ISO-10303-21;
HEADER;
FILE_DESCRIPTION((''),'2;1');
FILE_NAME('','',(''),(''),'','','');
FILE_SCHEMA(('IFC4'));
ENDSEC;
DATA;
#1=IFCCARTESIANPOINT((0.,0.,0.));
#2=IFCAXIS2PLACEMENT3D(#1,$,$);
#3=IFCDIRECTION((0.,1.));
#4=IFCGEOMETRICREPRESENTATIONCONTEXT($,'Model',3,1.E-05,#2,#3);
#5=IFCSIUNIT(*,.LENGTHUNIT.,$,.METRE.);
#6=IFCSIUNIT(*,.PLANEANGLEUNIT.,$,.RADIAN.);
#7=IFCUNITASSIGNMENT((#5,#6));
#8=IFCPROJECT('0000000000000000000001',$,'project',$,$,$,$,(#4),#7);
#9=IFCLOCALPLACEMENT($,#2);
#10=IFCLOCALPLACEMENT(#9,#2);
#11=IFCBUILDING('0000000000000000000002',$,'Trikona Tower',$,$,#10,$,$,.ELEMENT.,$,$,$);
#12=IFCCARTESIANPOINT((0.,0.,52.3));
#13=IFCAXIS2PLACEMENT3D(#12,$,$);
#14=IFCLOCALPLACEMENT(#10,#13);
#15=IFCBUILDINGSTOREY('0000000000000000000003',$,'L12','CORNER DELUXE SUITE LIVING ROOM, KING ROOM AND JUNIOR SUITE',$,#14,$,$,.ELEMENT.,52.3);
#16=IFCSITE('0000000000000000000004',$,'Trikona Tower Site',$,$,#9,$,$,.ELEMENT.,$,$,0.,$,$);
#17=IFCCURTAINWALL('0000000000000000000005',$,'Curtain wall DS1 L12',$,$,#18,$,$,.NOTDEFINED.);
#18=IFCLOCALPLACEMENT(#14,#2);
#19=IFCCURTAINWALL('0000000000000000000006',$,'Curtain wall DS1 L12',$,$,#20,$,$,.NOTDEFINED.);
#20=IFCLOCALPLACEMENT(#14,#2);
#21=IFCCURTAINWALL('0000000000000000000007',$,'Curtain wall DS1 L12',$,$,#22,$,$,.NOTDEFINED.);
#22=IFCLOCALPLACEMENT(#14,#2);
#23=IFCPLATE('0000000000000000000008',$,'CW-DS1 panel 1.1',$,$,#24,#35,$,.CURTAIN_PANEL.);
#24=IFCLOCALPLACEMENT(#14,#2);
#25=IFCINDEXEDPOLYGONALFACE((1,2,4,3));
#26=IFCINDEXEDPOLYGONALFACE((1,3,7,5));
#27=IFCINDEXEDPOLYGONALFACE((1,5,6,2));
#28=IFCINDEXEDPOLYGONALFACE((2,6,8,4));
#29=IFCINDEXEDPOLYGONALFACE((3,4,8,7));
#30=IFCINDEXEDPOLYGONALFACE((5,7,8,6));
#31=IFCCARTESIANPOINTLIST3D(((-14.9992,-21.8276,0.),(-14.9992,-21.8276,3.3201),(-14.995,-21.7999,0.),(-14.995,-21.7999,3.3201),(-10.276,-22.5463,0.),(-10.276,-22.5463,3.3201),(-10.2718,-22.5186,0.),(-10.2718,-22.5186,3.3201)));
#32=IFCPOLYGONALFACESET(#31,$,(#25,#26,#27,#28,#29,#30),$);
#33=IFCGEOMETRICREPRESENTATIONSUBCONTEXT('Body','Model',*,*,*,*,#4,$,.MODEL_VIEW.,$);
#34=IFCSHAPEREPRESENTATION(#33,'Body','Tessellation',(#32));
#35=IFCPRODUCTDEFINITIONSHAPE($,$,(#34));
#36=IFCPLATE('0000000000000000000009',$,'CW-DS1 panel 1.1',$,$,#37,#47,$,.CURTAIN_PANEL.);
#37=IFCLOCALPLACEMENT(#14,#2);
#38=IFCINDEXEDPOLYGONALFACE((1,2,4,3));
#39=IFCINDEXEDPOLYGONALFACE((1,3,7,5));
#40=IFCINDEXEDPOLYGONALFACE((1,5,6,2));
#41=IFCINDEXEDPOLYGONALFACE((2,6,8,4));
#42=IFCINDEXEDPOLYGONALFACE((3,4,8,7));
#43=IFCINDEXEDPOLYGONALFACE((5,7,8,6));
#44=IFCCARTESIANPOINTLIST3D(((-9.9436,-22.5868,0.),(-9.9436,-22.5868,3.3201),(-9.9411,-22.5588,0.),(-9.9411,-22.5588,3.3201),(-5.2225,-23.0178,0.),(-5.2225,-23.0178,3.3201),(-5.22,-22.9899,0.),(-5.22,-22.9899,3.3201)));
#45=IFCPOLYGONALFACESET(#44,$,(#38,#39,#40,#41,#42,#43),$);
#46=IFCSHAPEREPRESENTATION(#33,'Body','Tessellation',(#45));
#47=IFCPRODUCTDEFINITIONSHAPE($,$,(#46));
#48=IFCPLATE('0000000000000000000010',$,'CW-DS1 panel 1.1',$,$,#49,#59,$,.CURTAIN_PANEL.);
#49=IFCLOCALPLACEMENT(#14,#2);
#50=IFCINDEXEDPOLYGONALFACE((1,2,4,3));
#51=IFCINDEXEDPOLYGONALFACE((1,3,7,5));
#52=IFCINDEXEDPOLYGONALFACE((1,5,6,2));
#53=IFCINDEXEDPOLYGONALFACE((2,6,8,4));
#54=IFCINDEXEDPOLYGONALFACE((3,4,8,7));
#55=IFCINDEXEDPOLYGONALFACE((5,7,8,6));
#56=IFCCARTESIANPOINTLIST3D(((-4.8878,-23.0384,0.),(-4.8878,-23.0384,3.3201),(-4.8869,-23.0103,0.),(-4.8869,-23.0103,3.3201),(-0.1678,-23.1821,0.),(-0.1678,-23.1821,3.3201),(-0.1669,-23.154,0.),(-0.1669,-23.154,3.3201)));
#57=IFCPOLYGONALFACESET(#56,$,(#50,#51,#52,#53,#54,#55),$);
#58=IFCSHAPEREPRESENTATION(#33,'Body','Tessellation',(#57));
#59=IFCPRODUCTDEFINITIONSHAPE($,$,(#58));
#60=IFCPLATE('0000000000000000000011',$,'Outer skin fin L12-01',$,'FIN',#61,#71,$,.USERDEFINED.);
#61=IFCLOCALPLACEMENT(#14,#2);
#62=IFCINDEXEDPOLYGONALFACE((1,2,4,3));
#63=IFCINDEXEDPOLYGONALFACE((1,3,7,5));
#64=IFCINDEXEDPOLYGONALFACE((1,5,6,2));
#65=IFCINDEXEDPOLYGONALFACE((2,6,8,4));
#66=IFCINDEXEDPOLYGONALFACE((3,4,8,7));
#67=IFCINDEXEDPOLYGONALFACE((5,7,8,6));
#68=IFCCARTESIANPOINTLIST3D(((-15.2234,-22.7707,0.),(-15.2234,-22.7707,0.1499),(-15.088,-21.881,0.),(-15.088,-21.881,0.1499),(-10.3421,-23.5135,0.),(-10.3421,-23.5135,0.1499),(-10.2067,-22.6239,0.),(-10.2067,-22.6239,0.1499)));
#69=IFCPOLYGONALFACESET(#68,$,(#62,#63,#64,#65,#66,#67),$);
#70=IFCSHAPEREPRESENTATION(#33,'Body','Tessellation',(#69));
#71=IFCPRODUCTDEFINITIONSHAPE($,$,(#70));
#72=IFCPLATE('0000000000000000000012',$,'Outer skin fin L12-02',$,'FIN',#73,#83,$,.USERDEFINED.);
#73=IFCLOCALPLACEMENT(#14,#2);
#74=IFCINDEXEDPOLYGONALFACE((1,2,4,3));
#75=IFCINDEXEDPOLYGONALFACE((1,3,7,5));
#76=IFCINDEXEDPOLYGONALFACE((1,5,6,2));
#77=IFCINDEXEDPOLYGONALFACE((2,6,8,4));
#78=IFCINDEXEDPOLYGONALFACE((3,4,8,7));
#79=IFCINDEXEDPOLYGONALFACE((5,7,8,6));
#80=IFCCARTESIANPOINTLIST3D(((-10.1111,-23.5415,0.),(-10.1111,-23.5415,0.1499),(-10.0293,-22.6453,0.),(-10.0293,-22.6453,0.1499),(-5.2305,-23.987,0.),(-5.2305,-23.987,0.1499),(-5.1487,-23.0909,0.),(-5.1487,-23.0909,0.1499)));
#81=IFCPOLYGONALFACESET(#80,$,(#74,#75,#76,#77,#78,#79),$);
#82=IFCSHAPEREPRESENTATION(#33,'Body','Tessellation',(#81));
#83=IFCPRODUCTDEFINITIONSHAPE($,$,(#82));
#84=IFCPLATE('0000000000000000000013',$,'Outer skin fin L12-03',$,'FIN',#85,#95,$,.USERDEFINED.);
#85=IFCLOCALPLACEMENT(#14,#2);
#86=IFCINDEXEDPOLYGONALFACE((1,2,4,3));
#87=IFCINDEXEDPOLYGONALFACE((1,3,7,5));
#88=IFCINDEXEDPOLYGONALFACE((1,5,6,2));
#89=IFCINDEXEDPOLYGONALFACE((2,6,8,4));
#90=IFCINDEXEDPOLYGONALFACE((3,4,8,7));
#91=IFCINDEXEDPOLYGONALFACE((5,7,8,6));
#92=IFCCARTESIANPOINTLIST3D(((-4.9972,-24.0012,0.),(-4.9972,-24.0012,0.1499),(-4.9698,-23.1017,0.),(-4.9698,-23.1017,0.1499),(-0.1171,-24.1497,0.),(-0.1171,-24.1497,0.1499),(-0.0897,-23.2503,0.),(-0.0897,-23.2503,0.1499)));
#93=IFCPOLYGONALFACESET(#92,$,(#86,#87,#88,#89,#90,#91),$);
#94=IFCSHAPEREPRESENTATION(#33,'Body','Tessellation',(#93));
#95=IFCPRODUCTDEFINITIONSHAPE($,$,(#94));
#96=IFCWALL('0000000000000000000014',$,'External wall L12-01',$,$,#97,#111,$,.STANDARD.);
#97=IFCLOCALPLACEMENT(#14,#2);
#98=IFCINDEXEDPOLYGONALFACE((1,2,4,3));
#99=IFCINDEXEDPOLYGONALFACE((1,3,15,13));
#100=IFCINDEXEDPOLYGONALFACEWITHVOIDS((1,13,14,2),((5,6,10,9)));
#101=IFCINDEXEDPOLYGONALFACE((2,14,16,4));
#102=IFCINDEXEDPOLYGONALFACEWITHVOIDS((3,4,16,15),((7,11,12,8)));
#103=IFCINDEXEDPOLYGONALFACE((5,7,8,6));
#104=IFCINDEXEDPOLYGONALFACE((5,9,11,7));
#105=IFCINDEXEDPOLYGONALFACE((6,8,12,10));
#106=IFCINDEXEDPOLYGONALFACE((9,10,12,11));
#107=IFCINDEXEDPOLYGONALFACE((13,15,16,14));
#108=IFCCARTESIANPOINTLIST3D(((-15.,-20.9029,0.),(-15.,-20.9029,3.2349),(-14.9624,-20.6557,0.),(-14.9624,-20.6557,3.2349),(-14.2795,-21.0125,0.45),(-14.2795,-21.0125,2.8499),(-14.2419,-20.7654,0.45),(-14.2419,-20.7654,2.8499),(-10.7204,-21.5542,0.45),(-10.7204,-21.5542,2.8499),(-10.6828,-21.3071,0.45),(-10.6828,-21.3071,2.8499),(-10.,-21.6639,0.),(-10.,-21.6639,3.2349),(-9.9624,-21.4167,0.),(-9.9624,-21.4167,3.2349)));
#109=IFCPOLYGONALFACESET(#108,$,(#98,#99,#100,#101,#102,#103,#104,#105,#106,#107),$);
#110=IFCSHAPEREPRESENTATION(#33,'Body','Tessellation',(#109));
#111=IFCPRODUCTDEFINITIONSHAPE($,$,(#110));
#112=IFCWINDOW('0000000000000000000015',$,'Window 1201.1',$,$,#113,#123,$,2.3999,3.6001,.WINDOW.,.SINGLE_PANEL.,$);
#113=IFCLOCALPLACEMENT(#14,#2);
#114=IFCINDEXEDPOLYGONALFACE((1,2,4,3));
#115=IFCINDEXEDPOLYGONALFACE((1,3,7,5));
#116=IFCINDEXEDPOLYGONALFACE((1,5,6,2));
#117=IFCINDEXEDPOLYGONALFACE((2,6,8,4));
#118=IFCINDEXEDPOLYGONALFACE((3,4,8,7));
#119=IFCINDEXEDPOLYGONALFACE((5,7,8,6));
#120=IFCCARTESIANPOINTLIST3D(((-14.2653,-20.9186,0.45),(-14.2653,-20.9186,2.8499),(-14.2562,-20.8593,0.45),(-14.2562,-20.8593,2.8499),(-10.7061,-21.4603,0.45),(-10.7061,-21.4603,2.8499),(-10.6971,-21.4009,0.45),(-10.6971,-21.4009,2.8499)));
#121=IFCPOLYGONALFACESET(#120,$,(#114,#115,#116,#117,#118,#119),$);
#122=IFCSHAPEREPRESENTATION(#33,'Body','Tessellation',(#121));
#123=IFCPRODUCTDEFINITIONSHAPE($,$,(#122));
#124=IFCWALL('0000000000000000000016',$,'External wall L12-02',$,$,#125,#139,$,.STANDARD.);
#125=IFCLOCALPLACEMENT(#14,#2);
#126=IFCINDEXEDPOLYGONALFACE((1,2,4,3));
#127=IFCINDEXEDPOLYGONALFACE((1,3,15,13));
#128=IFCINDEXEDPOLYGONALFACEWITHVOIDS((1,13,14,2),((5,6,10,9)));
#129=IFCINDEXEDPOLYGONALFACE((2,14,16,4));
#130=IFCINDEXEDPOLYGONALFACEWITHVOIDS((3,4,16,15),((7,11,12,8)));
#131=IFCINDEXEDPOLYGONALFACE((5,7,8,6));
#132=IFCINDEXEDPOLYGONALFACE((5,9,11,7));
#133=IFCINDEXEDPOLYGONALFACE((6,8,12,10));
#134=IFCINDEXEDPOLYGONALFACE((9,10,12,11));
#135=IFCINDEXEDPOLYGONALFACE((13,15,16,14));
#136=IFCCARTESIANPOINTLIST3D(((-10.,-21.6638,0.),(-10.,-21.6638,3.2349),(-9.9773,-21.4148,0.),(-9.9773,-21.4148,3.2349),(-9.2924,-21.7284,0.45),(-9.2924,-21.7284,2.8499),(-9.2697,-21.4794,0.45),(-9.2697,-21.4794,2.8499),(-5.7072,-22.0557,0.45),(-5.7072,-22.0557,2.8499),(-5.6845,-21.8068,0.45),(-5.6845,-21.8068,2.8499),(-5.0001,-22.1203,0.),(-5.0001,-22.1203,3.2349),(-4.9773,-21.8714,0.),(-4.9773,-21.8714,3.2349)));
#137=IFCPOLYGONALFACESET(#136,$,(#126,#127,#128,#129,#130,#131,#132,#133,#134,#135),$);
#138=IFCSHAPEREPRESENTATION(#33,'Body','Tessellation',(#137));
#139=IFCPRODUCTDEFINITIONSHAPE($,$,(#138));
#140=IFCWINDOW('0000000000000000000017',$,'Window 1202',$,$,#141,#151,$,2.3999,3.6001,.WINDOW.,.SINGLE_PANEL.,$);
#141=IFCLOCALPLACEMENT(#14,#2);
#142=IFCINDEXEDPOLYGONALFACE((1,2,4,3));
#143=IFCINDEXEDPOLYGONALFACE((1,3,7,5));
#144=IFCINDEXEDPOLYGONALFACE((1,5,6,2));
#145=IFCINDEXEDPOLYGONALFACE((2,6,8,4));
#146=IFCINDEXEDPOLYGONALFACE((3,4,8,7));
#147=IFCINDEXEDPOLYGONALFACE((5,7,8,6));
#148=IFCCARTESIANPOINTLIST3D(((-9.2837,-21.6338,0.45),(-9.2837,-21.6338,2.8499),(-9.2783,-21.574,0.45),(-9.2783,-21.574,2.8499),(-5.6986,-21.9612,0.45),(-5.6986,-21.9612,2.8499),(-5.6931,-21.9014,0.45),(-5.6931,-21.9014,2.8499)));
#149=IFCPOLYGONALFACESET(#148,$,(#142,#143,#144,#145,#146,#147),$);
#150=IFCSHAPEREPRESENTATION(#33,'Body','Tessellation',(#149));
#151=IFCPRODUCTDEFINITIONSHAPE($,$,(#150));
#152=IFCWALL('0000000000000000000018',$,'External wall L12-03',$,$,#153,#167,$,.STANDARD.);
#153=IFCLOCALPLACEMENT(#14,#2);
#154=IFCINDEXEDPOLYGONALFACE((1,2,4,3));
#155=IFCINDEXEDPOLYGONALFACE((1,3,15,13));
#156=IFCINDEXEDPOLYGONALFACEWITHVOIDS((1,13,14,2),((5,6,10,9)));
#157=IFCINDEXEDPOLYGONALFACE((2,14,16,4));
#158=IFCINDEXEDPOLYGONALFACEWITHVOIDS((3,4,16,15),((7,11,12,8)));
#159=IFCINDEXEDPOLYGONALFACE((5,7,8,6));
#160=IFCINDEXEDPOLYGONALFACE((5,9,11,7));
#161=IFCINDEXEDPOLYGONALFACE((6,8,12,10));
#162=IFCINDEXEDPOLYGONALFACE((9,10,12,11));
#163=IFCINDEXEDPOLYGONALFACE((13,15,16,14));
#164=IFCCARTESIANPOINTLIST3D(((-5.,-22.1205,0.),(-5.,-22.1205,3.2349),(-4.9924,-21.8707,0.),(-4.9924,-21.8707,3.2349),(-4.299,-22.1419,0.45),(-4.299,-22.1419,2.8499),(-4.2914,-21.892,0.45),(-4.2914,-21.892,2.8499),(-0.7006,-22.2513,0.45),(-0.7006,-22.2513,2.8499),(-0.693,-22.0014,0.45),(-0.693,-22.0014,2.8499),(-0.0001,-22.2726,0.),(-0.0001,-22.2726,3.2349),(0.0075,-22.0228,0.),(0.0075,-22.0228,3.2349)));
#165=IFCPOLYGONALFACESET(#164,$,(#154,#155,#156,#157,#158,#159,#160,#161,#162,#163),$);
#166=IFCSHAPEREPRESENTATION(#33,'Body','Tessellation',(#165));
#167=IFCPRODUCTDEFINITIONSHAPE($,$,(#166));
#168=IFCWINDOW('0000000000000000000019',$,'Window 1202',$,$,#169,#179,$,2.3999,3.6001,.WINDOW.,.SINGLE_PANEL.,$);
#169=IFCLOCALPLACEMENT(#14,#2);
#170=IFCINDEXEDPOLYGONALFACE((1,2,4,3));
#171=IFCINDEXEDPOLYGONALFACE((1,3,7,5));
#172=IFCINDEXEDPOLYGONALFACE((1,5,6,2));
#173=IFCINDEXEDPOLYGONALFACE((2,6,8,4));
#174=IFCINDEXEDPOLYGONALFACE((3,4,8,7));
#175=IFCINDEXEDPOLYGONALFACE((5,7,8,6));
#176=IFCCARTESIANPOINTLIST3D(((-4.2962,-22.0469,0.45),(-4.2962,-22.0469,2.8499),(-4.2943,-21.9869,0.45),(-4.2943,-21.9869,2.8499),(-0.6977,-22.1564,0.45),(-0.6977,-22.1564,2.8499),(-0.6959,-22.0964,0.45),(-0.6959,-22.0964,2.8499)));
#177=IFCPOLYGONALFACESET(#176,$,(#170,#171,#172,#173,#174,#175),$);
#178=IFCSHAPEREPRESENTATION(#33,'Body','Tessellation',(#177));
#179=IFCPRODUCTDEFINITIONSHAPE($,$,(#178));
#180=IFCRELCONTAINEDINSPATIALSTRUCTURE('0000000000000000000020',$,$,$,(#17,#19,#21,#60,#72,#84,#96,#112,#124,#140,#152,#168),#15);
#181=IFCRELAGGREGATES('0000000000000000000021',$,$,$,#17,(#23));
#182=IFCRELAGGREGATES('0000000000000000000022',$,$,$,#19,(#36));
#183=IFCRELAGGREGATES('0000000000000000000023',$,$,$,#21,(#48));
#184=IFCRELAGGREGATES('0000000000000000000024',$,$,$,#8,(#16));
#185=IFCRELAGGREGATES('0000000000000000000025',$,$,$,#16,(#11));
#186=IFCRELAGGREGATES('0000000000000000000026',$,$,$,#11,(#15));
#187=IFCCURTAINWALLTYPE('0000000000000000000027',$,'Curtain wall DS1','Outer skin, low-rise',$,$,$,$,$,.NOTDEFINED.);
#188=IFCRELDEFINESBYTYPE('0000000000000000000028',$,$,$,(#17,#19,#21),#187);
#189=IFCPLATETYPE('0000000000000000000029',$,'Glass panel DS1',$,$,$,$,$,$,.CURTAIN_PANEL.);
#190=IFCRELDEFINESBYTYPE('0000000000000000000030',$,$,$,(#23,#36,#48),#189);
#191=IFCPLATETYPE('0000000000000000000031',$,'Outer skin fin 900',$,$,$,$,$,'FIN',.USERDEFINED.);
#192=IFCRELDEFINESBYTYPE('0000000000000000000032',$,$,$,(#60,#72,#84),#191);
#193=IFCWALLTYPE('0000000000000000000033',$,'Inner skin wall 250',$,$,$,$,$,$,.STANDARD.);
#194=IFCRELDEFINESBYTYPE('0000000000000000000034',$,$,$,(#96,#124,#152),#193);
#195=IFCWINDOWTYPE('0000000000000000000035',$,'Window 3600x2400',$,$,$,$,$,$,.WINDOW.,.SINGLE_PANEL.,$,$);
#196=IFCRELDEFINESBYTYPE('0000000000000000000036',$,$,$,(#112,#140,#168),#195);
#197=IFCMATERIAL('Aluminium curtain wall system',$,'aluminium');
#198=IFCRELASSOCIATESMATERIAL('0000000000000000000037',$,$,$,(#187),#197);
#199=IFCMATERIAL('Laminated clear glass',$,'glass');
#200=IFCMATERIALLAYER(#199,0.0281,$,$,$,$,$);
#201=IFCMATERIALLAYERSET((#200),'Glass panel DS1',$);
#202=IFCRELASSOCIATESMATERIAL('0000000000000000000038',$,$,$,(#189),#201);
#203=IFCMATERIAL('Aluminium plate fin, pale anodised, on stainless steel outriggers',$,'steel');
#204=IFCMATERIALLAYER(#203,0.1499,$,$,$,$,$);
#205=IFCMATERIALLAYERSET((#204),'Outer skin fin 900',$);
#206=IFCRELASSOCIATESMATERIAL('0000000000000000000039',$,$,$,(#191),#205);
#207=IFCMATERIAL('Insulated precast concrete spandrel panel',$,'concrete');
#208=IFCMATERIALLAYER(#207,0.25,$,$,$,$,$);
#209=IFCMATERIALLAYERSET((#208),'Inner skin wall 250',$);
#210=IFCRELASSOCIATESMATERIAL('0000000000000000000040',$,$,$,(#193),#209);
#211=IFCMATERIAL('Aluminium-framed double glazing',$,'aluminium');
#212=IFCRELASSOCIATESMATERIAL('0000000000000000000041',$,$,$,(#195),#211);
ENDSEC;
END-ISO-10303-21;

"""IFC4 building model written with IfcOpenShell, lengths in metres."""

from ifc_helpers import new_model, si_unit, direction, frame, frame_2d, origin, origin_2d, place, context, subcontext, project, spatial, rectangle, extrude, material, layer, layer_set, type_object, element, fill, aggregate, save


model = new_model("IFC4")

# Units and contexts
model_context = context("Model", 3, precision=1e-05, world=origin(), true_north=direction((0.0, 1.0)))
body_context = subcontext(model_context, "Body", "Model", "MODEL_VIEW")
ifc_project = project(units=[si_unit("LENGTHUNIT", "METRE"), si_unit("PLANEANGLEUNIT", "RADIAN")], contexts=[model_context])

# Site, building, storey
site_placement = place(None, origin())
site = spatial("IfcSite", under=ifc_project, at=site_placement, Name="Trikona Tower Site", CompositionType="ELEMENT", RefElevation=0.0)
building_placement = place(site_placement, origin())
building = spatial("IfcBuilding", under=site, at=building_placement, Name="Trikona Tower", CompositionType="ELEMENT")
storey_placement = place(building_placement, frame((0.0, 0.0, 52.3)))
storey = spatial("IfcBuildingStorey", under=building, at=storey_placement, Name="L12", Description="CORNER DELUXE SUITE LIVING ROOM, KING ROOM AND JUNIOR SUITE", CompositionType="ELEMENT", Elevation=52.3)

# Curtain wall
ifc_material_1 = material(Name="Aluminium curtain wall system", Category="aluminium")
curtain_wall_type = type_object("IfcCurtainWallType", Name="Curtain wall DS1", Description="Outer skin, low-rise", PredefinedType="NOTDEFINED", material=ifc_material_1)
curtain_wall_1_placement = place(storey_placement, origin())
curtain_wall_1 = element("IfcCurtainWall", 1, at=curtain_wall_1_placement, inside=storey, type_object=curtain_wall_type, Name="Curtain wall DS1 L12", PredefinedType="NOTDEFINED")

# Curtain walls
curtain_wall_2_placement = place(storey_placement, origin())
curtain_wall_2 = element("IfcCurtainWall", 2, at=curtain_wall_2_placement, inside=storey, type_object=curtain_wall_type, Name="Curtain wall DS1 L12", PredefinedType="NOTDEFINED")
curtain_wall_3_placement = place(storey_placement, origin())
curtain_wall_3 = element("IfcCurtainWall", 3, at=curtain_wall_3_placement, inside=storey, type_object=curtain_wall_type, Name="Curtain wall DS1 L12", PredefinedType="NOTDEFINED")

# Plates
ifc_material_2 = material(Name="Laminated clear glass", Category="glass")
ifc_layer_1 = layer(ifc_material_2, 0.0281)
ifc_layer_set_1 = layer_set([ifc_layer_1], Name="Glass panel DS1")
plate_type_1 = type_object("IfcPlateType", Name="Glass panel DS1", PredefinedType="CURTAIN_PANEL", material=ifc_layer_set_1)
plate_1_placement = place(storey_placement, frame((-12.6355, -22.1731, 0.0), z_axis=(0.0, 0.0, 1.0), x_axis=(0.988619, -0.150438, 0.0)))
plate_1 = element("IfcPlate", 4, at=plate_1_placement, type_object=plate_type_1, Name="CW-DS1 panel 1.1", PredefinedType="CURTAIN_PANEL", context=body_context, shape_type="SweptSolid", body=[
    extrude(rectangle(XDim=4.7776, YDim=0.0281, at=origin_2d()), origin(), (0.0, 0.0, 1.0), 3.3201),
])
aggregate(curtain_wall_1, [plate_1])
plate_2_placement = place(storey_placement, frame((-7.5818, -22.7883, 0.0), z_axis=(0.0, 0.0, 1.0), x_axis=(0.995858, -0.090924, 0.0)))
plate_2 = element("IfcPlate", 5, at=plate_2_placement, type_object=plate_type_1, Name="CW-DS1 panel 1.1", PredefinedType="CURTAIN_PANEL", context=body_context, shape_type="SweptSolid", body=[
    extrude(rectangle(XDim=4.7407, YDim=0.0281, at=origin_2d()), origin(), (0.0, 0.0, 1.0), 3.3201),
])
aggregate(curtain_wall_2, [plate_2])
plate_3_placement = place(storey_placement, frame((-2.5273, -23.0962, 0.0), z_axis=(0.0, 0.0, 1.0), x_axis=(0.999537, -0.030437, 0.0)))
plate_3 = element("IfcPlate", 6, at=plate_3_placement, type_object=plate_type_1, Name="CW-DS1 panel 1.1", PredefinedType="CURTAIN_PANEL", context=body_context, shape_type="SweptSolid", body=[
    extrude(rectangle(XDim=4.7222, YDim=0.0281, at=origin_2d()), origin(), (0.0, 0.0, 1.0), 3.3201),
])
aggregate(curtain_wall_3, [plate_3])

# Plates
ifc_material_3 = material(Name="Aluminium plate fin, pale anodised, on stainless steel outriggers", Category="steel")
ifc_layer_2 = layer(ifc_material_3, 0.1499)
ifc_layer_set_2 = layer_set([ifc_layer_2], Name="Outer skin fin 900")
plate_type_2 = type_object("IfcPlateType", Name="Outer skin fin 900", ElementType="FIN", PredefinedType="USERDEFINED", material=ifc_layer_set_2)
plate_4_placement = place(storey_placement, frame((-12.7151, -22.6973, 0.0), z_axis=(0.0, 0.0, 1.0), x_axis=(0.988618, -0.150448, 0.0)))
element("IfcPlate", 7, at=plate_4_placement, inside=storey, type_object=plate_type_2, Name="Outer skin fin L12-01", ObjectType="FIN", PredefinedType="USERDEFINED", context=body_context, shape_type="SweptSolid", body=[
    extrude(rectangle(XDim=4.9375, YDim=0.8999, at=origin_2d()), origin(), (0.0, 0.0, 1.0), 0.1499),
])
plate_5_placement = place(storey_placement, frame((-7.6299, -23.3162, 0.0), z_axis=(0.0, 0.0, 1.0), x_axis=(0.995858, -0.090921, 0.0)))
element("IfcPlate", 8, at=plate_5_placement, inside=storey, type_object=plate_type_2, Name="Outer skin fin L12-02", ObjectType="FIN", PredefinedType="USERDEFINED", context=body_context, shape_type="SweptSolid", body=[
    extrude(rectangle(XDim=4.9009, YDim=0.8999, at=origin_2d()), origin(), (0.0, 0.0, 1.0), 0.1499),
])
plate_6_placement = place(storey_placement, frame((-2.5435, -23.6257, 0.0), z_axis=(0.0, 0.0, 1.0), x_axis=(0.999537, -0.030425, 0.0)))
element("IfcPlate", 9, at=plate_6_placement, inside=storey, type_object=plate_type_2, Name="Outer skin fin L12-03", ObjectType="FIN", PredefinedType="USERDEFINED", context=body_context, shape_type="SweptSolid", body=[
    extrude(rectangle(XDim=4.8823, YDim=0.8999, at=origin_2d()), origin(), (0.0, 0.0, 1.0), 0.1499),
])

# Walls, openings, windows
ifc_material_4 = material(Name="Insulated precast concrete spandrel panel", Category="concrete")
ifc_layer_3 = layer(ifc_material_4, 0.25)
ifc_layer_set_3 = layer_set([ifc_layer_3], Name="Inner skin wall 250")
wall_type = type_object("IfcWallType", Name="Inner skin wall 250", PredefinedType="STANDARD", material=ifc_layer_set_3)
wall_1_placement = place(storey_placement, frame((-14.9812, -20.7793, 0.0), z_axis=(0.0, 0.0, 1.0), x_axis=(0.988615, -0.150465, 0.0)))
wall_1 = element("IfcWall", 10, at=wall_1_placement, inside=storey, type_object=wall_type, Name="External wall L12-01", PredefinedType="STANDARD", context=body_context, shape_type="SweptSolid", body=[
    extrude(rectangle(XDim=5.0576, YDim=0.25, at=frame_2d((2.5288, 0.0))), origin(), (0.0, 0.0, 1.0), 3.2349),
])
opening_1_placement = place(wall_1_placement, frame((0.7288, 0.0, 0.45)))
opening_1 = element("IfcOpeningElement", 11, at=opening_1_placement, cuts=wall_1, PredefinedType="OPENING", context=body_context, shape_type="SweptSolid", body=[
    extrude(rectangle(XDim=3.6001, YDim=2.3999, at=frame_2d((1.8, 1.2))), frame((0.0, 0.135, 0.0), z_axis=(0.0, -1.0, 0.0), x_axis=(1.0, 0.0, 0.0)), (0.0, 0.0, 1.0), 0.27),
])
ifc_material_5 = material(Name="Aluminium-framed double glazing", Category="aluminium")
window_type = type_object("IfcWindowType", Name="Window 3600x2400", PartitioningType="SINGLE_PANEL", PredefinedType="WINDOW", material=ifc_material_5)
window_1_placement = place(opening_1_placement, origin())
window_1 = element("IfcWindow", 12, at=window_1_placement, inside=storey, type_object=window_type, Name="Window 1201.1", OverallHeight=2.3999, OverallWidth=3.6001, PartitioningType="SINGLE_PANEL", PredefinedType="WINDOW", context=body_context, shape_type="SweptSolid", body=[
    extrude(rectangle(XDim=3.6001, YDim=2.3999, at=frame_2d((1.8, 1.2))), frame((0.0, 0.03, 0.0), z_axis=(0.0, -1.0, 0.0), x_axis=(1.0, 0.0, 0.0)), (0.0, 0.0, 1.0), 0.0601),
])
fill(opening_1, window_1)
wall_2_placement = place(storey_placement, frame((-9.9885, -21.5393, 0.0), z_axis=(0.0, 0.0, 1.0), x_axis=(0.995857, -0.09093, 0.0)))
wall_2 = element("IfcWall", 13, at=wall_2_placement, inside=storey, type_object=wall_type, Name="External wall L12-02", PredefinedType="STANDARD", context=body_context, shape_type="SweptSolid", body=[
    extrude(rectangle(XDim=5.0208, YDim=0.25, at=frame_2d((2.5103, 0.0))), origin(), (0.0, 0.0, 1.0), 3.2349),
])
opening_2_placement = place(wall_2_placement, frame((0.7104, 0.0, 0.45)))
opening_2 = element("IfcOpeningElement", 14, at=opening_2_placement, cuts=wall_2, PredefinedType="OPENING", context=body_context, shape_type="SweptSolid", body=[
    extrude(rectangle(XDim=3.6001, YDim=2.3999, at=frame_2d((1.8, 1.2))), frame((0.0, 0.135, 0.0), z_axis=(0.0, -1.0, 0.0), x_axis=(1.0, 0.0, 0.0)), (0.0, 0.0, 1.0), 0.27),
])
window_2_placement = place(opening_2_placement, origin())
window_2 = element("IfcWindow", 15, at=window_2_placement, inside=storey, type_object=window_type, Name="Window 1202", OverallHeight=2.3999, OverallWidth=3.6001, PartitioningType="SINGLE_PANEL", PredefinedType="WINDOW", context=body_context, shape_type="SweptSolid", body=[
    extrude(rectangle(XDim=3.6001, YDim=2.3999, at=frame_2d((1.8, 1.2))), frame((0.0, 0.03, 0.0), z_axis=(0.0, -1.0, 0.0), x_axis=(1.0, 0.0, 0.0)), (0.0, 0.0, 1.0), 0.0601),
])
fill(opening_2, window_2)
wall_3_placement = place(storey_placement, frame((-4.9961, -21.9956, 0.0), z_axis=(0.0, 0.0, 1.0), x_axis=(0.999538, -0.030406, 0.0)))
wall_3 = element("IfcWall", 16, at=wall_3_placement, inside=storey, type_object=wall_type, Name="External wall L12-03", PredefinedType="STANDARD", context=body_context, shape_type="SweptSolid", body=[
    extrude(rectangle(XDim=5.0022, YDim=0.25, at=frame_2d((2.501, 0.0))), origin(), (0.0, 0.0, 1.0), 3.2349),
])
opening_3_placement = place(wall_3_placement, frame((0.7012, 0.0, 0.45)))
opening_3 = element("IfcOpeningElement", 17, at=opening_3_placement, cuts=wall_3, PredefinedType="OPENING", context=body_context, shape_type="SweptSolid", body=[
    extrude(rectangle(XDim=3.6001, YDim=2.3999, at=frame_2d((1.8, 1.2))), frame((0.0, 0.135, 0.0), z_axis=(0.0, -1.0, 0.0), x_axis=(1.0, 0.0, 0.0)), (0.0, 0.0, 1.0), 0.27),
])
window_3_placement = place(opening_3_placement, origin())
window_3 = element("IfcWindow", 18, at=window_3_placement, inside=storey, type_object=window_type, Name="Window 1202", OverallHeight=2.3999, OverallWidth=3.6001, PartitioningType="SINGLE_PANEL", PredefinedType="WINDOW", context=body_context, shape_type="SweptSolid", body=[
    extrude(rectangle(XDim=3.6001, YDim=2.3999, at=frame_2d((1.8, 1.2))), frame((0.0, 0.03, 0.0), z_axis=(0.0, -1.0, 0.0), x_axis=(1.0, 0.0, 0.0)), (0.0, 0.0, 1.0), 0.0601),
])
fill(opening_3, window_3)

save(model, "model.ifc")
